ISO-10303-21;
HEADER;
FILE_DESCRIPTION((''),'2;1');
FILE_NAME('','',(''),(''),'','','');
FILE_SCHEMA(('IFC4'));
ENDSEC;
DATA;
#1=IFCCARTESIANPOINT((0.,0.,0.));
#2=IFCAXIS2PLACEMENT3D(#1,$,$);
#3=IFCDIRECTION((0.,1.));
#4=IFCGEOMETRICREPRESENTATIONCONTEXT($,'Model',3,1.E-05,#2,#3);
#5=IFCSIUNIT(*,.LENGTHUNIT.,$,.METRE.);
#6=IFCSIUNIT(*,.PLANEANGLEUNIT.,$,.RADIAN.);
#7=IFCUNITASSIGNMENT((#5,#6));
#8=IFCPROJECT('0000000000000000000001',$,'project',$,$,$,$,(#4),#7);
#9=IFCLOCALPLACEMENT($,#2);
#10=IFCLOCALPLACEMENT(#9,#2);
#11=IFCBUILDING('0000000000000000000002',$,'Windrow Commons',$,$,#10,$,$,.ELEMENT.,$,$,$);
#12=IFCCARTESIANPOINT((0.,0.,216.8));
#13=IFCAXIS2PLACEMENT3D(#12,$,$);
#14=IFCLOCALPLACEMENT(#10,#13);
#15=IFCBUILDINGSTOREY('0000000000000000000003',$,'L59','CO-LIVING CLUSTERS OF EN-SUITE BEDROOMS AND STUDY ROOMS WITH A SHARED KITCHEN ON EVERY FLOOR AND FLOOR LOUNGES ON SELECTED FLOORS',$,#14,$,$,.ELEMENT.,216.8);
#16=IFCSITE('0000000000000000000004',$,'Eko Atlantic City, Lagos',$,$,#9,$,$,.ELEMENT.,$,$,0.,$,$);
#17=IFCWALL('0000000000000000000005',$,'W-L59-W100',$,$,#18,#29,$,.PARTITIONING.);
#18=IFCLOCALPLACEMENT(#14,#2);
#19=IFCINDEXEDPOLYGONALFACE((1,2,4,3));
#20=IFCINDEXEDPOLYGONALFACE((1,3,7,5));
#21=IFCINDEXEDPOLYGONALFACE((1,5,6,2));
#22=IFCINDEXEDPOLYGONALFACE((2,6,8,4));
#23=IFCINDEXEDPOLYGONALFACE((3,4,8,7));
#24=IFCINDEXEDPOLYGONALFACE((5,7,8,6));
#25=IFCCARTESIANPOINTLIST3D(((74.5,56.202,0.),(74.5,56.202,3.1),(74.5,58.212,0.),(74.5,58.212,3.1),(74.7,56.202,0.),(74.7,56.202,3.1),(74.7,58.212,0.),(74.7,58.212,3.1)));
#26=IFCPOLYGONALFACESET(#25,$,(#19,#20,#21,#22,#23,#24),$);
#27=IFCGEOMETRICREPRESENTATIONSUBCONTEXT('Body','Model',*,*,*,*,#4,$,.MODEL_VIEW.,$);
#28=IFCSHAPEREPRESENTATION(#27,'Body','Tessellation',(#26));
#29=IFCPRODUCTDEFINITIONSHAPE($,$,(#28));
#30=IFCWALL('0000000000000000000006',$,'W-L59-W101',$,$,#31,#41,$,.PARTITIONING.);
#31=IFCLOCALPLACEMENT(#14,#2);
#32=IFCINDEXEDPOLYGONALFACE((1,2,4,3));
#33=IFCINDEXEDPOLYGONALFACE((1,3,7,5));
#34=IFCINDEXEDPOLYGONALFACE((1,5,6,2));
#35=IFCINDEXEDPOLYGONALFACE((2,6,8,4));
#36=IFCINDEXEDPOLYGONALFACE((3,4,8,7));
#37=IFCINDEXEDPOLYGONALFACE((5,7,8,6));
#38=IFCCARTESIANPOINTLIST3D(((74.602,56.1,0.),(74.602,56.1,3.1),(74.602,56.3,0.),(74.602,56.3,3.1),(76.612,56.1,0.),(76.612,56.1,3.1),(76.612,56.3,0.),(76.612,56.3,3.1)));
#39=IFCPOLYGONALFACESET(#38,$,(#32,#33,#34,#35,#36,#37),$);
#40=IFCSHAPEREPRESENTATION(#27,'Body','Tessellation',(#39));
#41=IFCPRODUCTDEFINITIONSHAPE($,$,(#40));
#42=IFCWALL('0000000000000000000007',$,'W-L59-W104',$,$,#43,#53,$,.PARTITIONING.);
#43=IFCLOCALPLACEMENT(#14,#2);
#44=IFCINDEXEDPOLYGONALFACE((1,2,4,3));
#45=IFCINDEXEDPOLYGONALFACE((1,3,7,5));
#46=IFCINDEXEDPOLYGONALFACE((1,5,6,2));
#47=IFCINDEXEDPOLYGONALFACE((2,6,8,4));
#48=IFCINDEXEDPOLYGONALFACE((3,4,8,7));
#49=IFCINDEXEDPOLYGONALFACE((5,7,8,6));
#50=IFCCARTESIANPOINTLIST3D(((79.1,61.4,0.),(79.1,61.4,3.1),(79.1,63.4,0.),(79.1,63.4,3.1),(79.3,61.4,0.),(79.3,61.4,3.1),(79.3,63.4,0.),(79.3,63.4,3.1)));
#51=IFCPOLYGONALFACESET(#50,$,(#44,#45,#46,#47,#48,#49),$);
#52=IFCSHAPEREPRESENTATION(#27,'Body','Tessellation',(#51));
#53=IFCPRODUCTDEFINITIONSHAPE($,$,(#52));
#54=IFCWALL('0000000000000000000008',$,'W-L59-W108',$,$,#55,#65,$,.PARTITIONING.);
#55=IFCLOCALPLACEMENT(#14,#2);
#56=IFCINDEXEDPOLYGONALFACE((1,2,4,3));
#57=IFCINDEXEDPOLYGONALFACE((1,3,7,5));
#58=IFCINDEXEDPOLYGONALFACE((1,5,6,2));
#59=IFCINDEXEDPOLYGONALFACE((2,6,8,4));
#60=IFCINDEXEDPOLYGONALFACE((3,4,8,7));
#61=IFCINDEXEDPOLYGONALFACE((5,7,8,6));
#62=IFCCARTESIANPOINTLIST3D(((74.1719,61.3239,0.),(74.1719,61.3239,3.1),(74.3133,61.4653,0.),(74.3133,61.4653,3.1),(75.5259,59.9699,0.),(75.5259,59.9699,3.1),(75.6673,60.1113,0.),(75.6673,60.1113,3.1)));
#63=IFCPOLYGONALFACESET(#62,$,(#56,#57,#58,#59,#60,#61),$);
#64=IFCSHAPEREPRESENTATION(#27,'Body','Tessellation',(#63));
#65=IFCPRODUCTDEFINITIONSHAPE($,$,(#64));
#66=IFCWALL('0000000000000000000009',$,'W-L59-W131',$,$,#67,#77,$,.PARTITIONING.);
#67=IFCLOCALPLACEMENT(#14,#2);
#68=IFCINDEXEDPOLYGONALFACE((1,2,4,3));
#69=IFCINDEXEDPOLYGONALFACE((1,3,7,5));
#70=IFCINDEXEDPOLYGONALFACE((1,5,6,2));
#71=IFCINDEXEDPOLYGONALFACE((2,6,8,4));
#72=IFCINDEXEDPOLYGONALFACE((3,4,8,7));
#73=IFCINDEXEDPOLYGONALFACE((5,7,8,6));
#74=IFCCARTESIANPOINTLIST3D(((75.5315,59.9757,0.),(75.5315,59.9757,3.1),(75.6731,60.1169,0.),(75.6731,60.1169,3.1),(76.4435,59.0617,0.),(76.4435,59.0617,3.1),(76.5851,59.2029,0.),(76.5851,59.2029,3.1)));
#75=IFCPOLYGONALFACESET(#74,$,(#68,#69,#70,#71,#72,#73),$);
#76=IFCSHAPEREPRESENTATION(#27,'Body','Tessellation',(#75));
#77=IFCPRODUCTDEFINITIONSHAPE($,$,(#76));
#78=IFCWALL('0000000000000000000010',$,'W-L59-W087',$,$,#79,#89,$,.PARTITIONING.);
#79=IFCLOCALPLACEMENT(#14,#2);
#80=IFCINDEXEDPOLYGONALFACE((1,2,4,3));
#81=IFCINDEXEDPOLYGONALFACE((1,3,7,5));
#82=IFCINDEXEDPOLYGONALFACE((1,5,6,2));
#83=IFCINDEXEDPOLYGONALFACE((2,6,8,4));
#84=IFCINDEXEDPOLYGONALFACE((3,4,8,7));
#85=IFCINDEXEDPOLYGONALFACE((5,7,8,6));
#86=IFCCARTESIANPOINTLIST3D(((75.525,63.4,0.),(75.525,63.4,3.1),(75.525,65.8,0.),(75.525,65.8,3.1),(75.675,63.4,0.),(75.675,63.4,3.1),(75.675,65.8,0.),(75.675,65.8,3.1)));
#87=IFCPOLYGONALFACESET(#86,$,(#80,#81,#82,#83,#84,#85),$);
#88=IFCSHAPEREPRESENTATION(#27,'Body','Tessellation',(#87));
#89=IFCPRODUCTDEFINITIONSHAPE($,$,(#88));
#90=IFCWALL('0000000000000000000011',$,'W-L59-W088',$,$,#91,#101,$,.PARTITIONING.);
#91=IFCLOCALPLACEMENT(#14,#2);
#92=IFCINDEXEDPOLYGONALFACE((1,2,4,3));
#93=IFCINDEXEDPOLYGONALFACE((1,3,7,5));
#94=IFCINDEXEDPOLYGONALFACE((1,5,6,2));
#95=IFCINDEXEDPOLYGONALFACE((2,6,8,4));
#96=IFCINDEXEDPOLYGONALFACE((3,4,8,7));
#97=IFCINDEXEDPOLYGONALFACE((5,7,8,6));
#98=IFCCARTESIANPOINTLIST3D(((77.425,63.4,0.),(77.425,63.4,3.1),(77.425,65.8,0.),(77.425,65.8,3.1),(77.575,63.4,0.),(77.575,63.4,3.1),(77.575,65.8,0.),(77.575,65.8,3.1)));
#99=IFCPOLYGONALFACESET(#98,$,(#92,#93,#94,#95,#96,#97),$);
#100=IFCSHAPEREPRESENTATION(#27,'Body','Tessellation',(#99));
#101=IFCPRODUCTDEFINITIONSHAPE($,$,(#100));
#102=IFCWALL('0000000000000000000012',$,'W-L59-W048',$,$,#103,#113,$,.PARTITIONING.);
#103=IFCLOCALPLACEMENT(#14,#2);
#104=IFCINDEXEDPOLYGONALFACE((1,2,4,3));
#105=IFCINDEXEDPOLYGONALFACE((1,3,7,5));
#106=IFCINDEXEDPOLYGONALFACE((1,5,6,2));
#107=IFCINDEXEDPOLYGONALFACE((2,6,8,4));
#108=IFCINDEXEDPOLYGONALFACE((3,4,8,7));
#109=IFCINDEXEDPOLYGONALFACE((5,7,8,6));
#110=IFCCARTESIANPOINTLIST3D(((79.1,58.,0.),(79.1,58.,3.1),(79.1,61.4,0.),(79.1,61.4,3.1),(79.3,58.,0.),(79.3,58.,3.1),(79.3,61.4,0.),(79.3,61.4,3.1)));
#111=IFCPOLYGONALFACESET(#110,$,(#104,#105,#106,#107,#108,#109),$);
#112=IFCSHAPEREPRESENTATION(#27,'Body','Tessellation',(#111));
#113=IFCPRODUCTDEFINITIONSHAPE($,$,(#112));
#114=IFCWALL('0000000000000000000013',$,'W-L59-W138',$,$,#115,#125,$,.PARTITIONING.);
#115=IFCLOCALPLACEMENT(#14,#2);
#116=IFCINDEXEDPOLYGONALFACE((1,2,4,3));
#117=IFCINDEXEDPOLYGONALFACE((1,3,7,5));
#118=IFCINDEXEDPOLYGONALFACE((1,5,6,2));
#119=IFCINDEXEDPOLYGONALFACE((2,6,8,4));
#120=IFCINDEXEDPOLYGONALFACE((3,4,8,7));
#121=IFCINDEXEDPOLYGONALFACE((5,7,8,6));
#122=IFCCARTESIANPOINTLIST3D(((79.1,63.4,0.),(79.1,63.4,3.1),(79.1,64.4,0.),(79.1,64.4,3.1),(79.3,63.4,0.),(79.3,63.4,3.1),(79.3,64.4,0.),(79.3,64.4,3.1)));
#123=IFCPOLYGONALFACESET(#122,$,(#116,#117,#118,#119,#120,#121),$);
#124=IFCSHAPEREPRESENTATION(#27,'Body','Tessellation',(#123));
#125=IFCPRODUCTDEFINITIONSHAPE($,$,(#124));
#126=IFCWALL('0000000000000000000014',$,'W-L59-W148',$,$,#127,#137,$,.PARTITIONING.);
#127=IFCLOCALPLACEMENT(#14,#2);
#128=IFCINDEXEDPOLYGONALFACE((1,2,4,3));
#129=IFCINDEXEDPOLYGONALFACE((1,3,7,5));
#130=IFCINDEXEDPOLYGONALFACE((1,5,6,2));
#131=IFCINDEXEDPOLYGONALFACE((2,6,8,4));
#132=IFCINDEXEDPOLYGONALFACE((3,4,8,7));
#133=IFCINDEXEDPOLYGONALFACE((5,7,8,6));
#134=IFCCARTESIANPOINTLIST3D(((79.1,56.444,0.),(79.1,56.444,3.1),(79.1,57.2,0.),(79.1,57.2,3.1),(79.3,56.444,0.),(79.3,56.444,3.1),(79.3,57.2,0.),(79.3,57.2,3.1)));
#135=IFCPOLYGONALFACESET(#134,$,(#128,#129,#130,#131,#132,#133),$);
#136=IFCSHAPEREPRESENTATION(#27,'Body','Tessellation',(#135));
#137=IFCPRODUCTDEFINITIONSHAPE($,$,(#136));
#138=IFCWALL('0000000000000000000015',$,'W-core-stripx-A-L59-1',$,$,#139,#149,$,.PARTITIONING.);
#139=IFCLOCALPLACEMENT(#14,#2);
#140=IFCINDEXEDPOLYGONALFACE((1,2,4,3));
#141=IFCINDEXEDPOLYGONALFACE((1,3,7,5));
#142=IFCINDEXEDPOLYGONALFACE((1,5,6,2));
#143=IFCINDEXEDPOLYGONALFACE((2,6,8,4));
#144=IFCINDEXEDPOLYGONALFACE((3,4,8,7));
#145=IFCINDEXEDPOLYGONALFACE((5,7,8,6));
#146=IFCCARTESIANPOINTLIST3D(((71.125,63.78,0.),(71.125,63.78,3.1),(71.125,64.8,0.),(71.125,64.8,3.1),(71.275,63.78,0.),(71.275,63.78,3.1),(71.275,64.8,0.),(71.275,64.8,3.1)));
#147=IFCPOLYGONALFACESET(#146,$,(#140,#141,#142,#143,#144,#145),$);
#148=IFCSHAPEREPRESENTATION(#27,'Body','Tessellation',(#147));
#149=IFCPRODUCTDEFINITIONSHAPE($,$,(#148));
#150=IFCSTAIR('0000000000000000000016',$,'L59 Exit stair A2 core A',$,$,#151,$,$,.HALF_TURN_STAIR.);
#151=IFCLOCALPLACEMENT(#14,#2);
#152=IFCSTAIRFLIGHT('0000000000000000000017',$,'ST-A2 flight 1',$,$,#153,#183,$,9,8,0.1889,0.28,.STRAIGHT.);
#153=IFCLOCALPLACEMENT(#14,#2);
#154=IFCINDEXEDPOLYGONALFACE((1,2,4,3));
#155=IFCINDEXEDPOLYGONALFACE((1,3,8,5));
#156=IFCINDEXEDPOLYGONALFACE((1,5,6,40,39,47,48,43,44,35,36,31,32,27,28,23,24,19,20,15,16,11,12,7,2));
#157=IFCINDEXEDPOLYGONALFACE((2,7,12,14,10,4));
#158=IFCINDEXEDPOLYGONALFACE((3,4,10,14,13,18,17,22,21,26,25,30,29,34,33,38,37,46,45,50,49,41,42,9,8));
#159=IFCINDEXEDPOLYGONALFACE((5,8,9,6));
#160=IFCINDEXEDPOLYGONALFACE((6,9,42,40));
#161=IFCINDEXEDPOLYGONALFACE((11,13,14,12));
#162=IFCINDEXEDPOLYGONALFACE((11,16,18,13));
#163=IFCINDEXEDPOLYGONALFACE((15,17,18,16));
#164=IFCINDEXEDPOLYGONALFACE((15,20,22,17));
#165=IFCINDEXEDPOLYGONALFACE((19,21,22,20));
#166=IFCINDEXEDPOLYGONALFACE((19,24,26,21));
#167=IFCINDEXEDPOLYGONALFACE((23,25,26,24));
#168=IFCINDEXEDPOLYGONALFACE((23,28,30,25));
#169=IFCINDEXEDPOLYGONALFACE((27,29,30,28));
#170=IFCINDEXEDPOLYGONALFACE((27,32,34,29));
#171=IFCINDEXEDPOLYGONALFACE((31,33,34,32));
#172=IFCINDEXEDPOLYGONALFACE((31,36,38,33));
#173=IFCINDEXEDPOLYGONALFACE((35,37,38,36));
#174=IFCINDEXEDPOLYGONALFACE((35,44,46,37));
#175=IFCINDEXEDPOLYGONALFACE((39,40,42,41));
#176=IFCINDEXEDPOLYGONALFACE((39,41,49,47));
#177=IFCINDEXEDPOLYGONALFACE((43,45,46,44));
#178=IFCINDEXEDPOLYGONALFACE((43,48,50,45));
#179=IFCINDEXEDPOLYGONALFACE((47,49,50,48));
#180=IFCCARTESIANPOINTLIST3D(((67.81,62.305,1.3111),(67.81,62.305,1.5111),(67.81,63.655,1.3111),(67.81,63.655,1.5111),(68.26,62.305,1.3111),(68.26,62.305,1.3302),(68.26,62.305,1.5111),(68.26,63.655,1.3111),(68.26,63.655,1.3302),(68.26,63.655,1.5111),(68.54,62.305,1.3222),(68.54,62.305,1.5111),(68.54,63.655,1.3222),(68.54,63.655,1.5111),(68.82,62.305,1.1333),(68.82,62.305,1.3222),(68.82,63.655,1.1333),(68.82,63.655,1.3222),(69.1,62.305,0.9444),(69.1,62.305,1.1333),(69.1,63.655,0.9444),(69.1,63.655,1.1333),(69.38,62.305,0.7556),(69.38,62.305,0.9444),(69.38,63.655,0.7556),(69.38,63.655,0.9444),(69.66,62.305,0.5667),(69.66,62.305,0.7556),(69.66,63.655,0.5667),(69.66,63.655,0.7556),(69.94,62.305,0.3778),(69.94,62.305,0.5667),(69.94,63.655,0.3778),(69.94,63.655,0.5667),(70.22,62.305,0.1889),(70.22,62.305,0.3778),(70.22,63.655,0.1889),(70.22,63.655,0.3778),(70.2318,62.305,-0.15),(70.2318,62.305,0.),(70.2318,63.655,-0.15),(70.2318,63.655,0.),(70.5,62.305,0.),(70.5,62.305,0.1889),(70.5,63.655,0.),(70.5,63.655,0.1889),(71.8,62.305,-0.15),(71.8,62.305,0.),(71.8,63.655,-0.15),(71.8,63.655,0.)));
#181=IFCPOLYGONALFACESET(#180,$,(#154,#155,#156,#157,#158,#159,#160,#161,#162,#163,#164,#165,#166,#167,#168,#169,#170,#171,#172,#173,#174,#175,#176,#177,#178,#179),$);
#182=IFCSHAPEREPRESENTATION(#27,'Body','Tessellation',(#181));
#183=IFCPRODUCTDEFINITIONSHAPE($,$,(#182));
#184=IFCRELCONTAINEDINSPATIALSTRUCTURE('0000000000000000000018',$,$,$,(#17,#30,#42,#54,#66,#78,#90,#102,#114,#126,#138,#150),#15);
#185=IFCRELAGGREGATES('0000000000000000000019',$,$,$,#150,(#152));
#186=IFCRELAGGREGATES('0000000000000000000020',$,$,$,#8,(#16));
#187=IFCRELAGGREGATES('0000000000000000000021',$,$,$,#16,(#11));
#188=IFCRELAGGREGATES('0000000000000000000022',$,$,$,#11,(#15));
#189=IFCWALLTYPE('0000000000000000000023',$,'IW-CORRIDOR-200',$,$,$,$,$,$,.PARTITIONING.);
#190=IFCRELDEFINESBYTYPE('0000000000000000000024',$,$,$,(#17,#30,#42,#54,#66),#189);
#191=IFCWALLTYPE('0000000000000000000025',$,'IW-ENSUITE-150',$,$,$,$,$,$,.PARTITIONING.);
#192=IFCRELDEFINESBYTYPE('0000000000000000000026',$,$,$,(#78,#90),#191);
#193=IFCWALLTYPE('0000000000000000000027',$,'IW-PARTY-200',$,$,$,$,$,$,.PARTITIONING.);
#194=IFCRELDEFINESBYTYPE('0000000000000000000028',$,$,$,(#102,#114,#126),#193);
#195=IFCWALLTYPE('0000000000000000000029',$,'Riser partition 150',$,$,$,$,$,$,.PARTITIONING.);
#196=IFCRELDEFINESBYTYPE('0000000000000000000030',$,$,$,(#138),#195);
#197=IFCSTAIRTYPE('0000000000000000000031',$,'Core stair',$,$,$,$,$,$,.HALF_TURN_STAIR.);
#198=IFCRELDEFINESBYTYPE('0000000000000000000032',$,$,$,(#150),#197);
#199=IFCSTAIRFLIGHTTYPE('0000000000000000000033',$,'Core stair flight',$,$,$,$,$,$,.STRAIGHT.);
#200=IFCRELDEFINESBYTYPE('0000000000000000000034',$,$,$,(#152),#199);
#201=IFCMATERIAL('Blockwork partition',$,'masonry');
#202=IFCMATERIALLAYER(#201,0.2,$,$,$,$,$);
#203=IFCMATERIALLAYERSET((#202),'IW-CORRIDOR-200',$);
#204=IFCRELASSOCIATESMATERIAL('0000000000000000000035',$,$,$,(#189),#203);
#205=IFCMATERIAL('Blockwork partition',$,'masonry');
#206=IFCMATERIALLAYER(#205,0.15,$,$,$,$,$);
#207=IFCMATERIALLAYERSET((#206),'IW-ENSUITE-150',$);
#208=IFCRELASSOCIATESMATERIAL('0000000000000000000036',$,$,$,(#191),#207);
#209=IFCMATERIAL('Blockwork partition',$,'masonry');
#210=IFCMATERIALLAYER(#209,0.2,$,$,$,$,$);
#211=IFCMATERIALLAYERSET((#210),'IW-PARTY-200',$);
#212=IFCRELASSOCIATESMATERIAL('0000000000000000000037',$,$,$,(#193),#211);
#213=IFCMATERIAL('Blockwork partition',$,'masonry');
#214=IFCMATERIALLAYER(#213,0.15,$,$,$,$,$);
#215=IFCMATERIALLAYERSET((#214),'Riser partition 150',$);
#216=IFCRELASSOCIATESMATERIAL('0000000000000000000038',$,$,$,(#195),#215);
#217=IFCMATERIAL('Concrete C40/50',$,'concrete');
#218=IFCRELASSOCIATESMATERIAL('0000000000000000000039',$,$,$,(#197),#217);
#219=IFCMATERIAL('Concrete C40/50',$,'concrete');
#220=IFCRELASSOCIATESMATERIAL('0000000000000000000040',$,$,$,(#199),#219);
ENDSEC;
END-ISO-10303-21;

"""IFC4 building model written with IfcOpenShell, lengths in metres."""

from ifc_helpers import new_model, si_unit, direction, frame, frame_2d, origin, place, context, subcontext, project, spatial, polyline, rectangle, outline, extrude, material, layer, layer_set, type_object, element, aggregate, save


model = new_model("IFC4")

# Units and contexts
model_context = context("Model", 3, precision=1e-05, world=origin(), true_north=direction((0.0, 1.0)))
body_context = subcontext(model_context, "Body", "Model", "MODEL_VIEW")
ifc_project = project(units=[si_unit("LENGTHUNIT", "METRE"), si_unit("PLANEANGLEUNIT", "RADIAN")], contexts=[model_context])

# Site, building, storey
site_placement = place(None, origin())
site = spatial("IfcSite", under=ifc_project, at=site_placement, Name="Eko Atlantic City, Lagos", CompositionType="ELEMENT", RefElevation=0.0)
building_placement = place(site_placement, origin())
building = spatial("IfcBuilding", under=site, at=building_placement, Name="Windrow Commons", CompositionType="ELEMENT")
storey_placement = place(building_placement, frame((0.0, 0.0, 216.8)))
storey = spatial("IfcBuildingStorey", under=building, at=storey_placement, Name="L59", Description="CO-LIVING CLUSTERS OF EN-SUITE BEDROOMS AND STUDY ROOMS WITH A SHARED KITCHEN ON EVERY FLOOR AND FLOOR LOUNGES ON SELECTED FLOORS", CompositionType="ELEMENT", Elevation=216.8)

# Shared definitions
ifc_material_1 = material(Name="Blockwork partition", Category="masonry")
ifc_layer_1 = layer(ifc_material_1, 0.2)
ifc_layer_set_1 = layer_set([ifc_layer_1], Name="IW-CORRIDOR-200")
wall_type_1 = type_object("IfcWallType", Name="IW-CORRIDOR-200", PredefinedType="PARTITIONING", material=ifc_layer_set_1)

# Walls
for number, where, z_axis, x_axis, name in (
    (1, (74.6, 56.202, 0.0), (0.0, 0.0, 1.0), (0.0, 1.0, 0.0), "W-L59-W100"),
    (2, (74.602, 56.2, 0.0), (0.0, 0.0, 1.0), (1.0, 0.0, 0.0), "W-L59-W101"),
):
    element("IfcWall", number, at=place(storey_placement, frame(where, z_axis=z_axis, x_axis=x_axis)), inside=storey, type_object=wall_type_1, Name=name, PredefinedType="PARTITIONING", context=body_context, shape_type="SweptSolid", body=[
        extrude(rectangle(XDim=2.01, YDim=0.2, at=frame_2d((1.005, 0.0))), origin(), (0.0, 0.0, 1.0), 3.1),
    ])
wall_1_placement = place(storey_placement, frame((79.2, 61.4, 0.0), z_axis=(0.0, 0.0, 1.0), x_axis=(0.0, 1.0, 0.0)))
element("IfcWall", 3, at=wall_1_placement, inside=storey, type_object=wall_type_1, Name="W-L59-W104", PredefinedType="PARTITIONING", context=body_context, shape_type="SweptSolid", body=[
    extrude(rectangle(XDim=2.0, YDim=0.2, at=frame_2d((1.0, 0.0))), origin(), (0.0, 0.0, 1.0), 3.1),
])
wall_2_placement = place(storey_placement, frame((74.2426, 61.3946, 0.0), z_axis=(0.0, 0.0, 1.0), x_axis=(0.707107, -0.707107, 0.0)))
element("IfcWall", 4, at=wall_2_placement, inside=storey, type_object=wall_type_1, Name="W-L59-W108", PredefinedType="PARTITIONING", context=body_context, shape_type="SweptSolid", body=[
    extrude(rectangle(XDim=1.9148, YDim=0.2, at=frame_2d((0.9574, 0.0))), origin(), (0.0, 0.0, 1.0), 3.1),
])
wall_3_placement = place(storey_placement, frame((75.6023, 60.0463, 0.0), z_axis=(0.0, 0.0, 1.0), x_axis=(0.706332, -0.707881, 0.0)))
element("IfcWall", 5, at=wall_3_placement, inside=storey, type_object=wall_type_1, Name="W-L59-W131", PredefinedType="PARTITIONING", context=body_context, shape_type="SweptSolid", body=[
    extrude(rectangle(XDim=1.2912, YDim=0.2, at=frame_2d((0.6456, 0.0))), origin(), (0.0, 0.0, 1.0), 3.1),
])
ifc_material_2 = material(Name="Blockwork partition", Category="masonry")
ifc_layer_2 = layer(ifc_material_2, 0.15)
ifc_layer_set_2 = layer_set([ifc_layer_2], Name="IW-ENSUITE-150")
wall_type_2 = type_object("IfcWallType", Name="IW-ENSUITE-150", PredefinedType="PARTITIONING", material=ifc_layer_set_2)
for number, where, z_axis, x_axis, name in (
    (6, (75.6, 63.4, 0.0), (0.0, 0.0, 1.0), (0.0, 1.0, 0.0), "W-L59-W087"),
    (7, (77.5, 63.4, 0.0), (0.0, 0.0, 1.0), (0.0, 1.0, 0.0), "W-L59-W088"),
):
    element("IfcWall", number, at=place(storey_placement, frame(where, z_axis=z_axis, x_axis=x_axis)), inside=storey, type_object=wall_type_2, Name=name, PredefinedType="PARTITIONING", context=body_context, shape_type="SweptSolid", body=[
        extrude(rectangle(XDim=2.4, YDim=0.15, at=frame_2d((1.2, 0.0))), origin(), (0.0, 0.0, 1.0), 3.1),
    ])
ifc_material_3 = material(Name="Blockwork partition", Category="masonry")
ifc_layer_3 = layer(ifc_material_3, 0.2)
ifc_layer_set_3 = layer_set([ifc_layer_3], Name="IW-PARTY-200")
wall_type_3 = type_object("IfcWallType", Name="IW-PARTY-200", PredefinedType="PARTITIONING", material=ifc_layer_set_3)
wall_4_placement = place(storey_placement, frame((79.2, 58.0, 0.0), z_axis=(0.0, 0.0, 1.0), x_axis=(0.0, 1.0, 0.0)))
element("IfcWall", 8, at=wall_4_placement, inside=storey, type_object=wall_type_3, Name="W-L59-W048", PredefinedType="PARTITIONING", context=body_context, shape_type="SweptSolid", body=[
    extrude(rectangle(XDim=3.4, YDim=0.2, at=frame_2d((1.7, 0.0))), origin(), (0.0, 0.0, 1.0), 3.1),
])
wall_5_placement = place(storey_placement, frame((79.2, 63.4, 0.0), z_axis=(0.0, 0.0, 1.0), x_axis=(0.0, 1.0, 0.0)))
element("IfcWall", 9, at=wall_5_placement, inside=storey, type_object=wall_type_3, Name="W-L59-W138", PredefinedType="PARTITIONING", context=body_context, shape_type="SweptSolid", body=[
    extrude(rectangle(XDim=1.0, YDim=0.2, at=frame_2d((0.5, 0.0))), origin(), (0.0, 0.0, 1.0), 3.1),
])
wall_6_placement = place(storey_placement, frame((79.2, 56.444, 0.0), z_axis=(0.0, 0.0, 1.0), x_axis=(0.0, 1.0, 0.0)))
element("IfcWall", 10, at=wall_6_placement, inside=storey, type_object=wall_type_3, Name="W-L59-W148", PredefinedType="PARTITIONING", context=body_context, shape_type="SweptSolid", body=[
    extrude(rectangle(XDim=0.756, YDim=0.2, at=frame_2d((0.378, 0.0))), origin(), (0.0, 0.0, 1.0), 3.1),
])
ifc_material_4 = material(Name="Blockwork partition", Category="masonry")
ifc_layer_4 = layer(ifc_material_4, 0.15)
ifc_layer_set_4 = layer_set([ifc_layer_4], Name="Riser partition 150")
wall_type_4 = type_object("IfcWallType", Name="Riser partition 150", PredefinedType="PARTITIONING", material=ifc_layer_set_4)
wall_7_placement = place(storey_placement, frame((71.2, 63.78, 0.0), z_axis=(0.0, 0.0, 1.0), x_axis=(0.0, 1.0, 0.0)))
element("IfcWall", 11, at=wall_7_placement, inside=storey, type_object=wall_type_4, Name="W-core-stripx-A-L59-1", PredefinedType="PARTITIONING", context=body_context, shape_type="SweptSolid", body=[
    extrude(rectangle(XDim=1.02, YDim=0.15, at=frame_2d((0.51, 0.0))), origin(), (0.0, 0.0, 1.0), 3.1),
])

# Stair, stair flight
ifc_material_5 = material(Name="Concrete C40/50", Category="concrete")
stair_type = type_object("IfcStairType", Name="Core stair", PredefinedType="HALF_TURN_STAIR", material=ifc_material_5)
stair_placement = place(storey_placement, origin())
stair = element("IfcStair", 12, at=stair_placement, inside=storey, type_object=stair_type, Name="L59 Exit stair A2 core A", PredefinedType="HALF_TURN_STAIR")
ifc_material_6 = material(Name="Concrete C40/50", Category="concrete")
stair_flight_type = type_object("IfcStairFlightType", Name="Core stair flight", PredefinedType="STRAIGHT", material=ifc_material_6)
stair_flight_placement = place(storey_placement, frame((70.5, 62.98, 0.0), z_axis=(0.0, 0.0, 1.0), x_axis=(-1.0, 0.0, 0.0)))
stair_flight = element("IfcStairFlight", 13, at=stair_flight_placement, type_object=stair_flight_type, Name="ST-A2 flight 1", NumberOfRisers=9, NumberOfTreads=8, PredefinedType="STRAIGHT", RiserHeight=0.1889, TreadLength=0.28, context=body_context, shape_type="SweptSolid", body=[
    extrude(outline(polyline([(-1.3, -0.15), (-1.3, 0.0), (0.0, 0.0), (0.0, 0.1889), (0.28, 0.1889), (0.28, 0.3778), (0.56, 0.3778), (0.56, 0.5667), (0.84, 0.5667), (0.84, 0.7556), (1.12, 0.7556), (1.12, 0.9444), (1.4, 0.9444), (1.4, 1.1333), (1.68, 1.1333), (1.68, 1.3222), (1.96, 1.3222), (1.96, 1.5111), (2.24, 1.5111), (2.69, 1.5111), (2.69, 1.3111), (2.24, 1.3111), (2.24, 1.3302), (0.2682, 0.0), (0.2682, -0.15), (-1.3, -0.15)])), frame((0.0, 0.675, 0.0), z_axis=(0.0, -1.0, 0.0), x_axis=(1.0, 0.0, 0.0)), (0.0, 0.0, 1.0), 1.35),
])
aggregate(stair, [stair_flight])

save(model, "model.ifc")
